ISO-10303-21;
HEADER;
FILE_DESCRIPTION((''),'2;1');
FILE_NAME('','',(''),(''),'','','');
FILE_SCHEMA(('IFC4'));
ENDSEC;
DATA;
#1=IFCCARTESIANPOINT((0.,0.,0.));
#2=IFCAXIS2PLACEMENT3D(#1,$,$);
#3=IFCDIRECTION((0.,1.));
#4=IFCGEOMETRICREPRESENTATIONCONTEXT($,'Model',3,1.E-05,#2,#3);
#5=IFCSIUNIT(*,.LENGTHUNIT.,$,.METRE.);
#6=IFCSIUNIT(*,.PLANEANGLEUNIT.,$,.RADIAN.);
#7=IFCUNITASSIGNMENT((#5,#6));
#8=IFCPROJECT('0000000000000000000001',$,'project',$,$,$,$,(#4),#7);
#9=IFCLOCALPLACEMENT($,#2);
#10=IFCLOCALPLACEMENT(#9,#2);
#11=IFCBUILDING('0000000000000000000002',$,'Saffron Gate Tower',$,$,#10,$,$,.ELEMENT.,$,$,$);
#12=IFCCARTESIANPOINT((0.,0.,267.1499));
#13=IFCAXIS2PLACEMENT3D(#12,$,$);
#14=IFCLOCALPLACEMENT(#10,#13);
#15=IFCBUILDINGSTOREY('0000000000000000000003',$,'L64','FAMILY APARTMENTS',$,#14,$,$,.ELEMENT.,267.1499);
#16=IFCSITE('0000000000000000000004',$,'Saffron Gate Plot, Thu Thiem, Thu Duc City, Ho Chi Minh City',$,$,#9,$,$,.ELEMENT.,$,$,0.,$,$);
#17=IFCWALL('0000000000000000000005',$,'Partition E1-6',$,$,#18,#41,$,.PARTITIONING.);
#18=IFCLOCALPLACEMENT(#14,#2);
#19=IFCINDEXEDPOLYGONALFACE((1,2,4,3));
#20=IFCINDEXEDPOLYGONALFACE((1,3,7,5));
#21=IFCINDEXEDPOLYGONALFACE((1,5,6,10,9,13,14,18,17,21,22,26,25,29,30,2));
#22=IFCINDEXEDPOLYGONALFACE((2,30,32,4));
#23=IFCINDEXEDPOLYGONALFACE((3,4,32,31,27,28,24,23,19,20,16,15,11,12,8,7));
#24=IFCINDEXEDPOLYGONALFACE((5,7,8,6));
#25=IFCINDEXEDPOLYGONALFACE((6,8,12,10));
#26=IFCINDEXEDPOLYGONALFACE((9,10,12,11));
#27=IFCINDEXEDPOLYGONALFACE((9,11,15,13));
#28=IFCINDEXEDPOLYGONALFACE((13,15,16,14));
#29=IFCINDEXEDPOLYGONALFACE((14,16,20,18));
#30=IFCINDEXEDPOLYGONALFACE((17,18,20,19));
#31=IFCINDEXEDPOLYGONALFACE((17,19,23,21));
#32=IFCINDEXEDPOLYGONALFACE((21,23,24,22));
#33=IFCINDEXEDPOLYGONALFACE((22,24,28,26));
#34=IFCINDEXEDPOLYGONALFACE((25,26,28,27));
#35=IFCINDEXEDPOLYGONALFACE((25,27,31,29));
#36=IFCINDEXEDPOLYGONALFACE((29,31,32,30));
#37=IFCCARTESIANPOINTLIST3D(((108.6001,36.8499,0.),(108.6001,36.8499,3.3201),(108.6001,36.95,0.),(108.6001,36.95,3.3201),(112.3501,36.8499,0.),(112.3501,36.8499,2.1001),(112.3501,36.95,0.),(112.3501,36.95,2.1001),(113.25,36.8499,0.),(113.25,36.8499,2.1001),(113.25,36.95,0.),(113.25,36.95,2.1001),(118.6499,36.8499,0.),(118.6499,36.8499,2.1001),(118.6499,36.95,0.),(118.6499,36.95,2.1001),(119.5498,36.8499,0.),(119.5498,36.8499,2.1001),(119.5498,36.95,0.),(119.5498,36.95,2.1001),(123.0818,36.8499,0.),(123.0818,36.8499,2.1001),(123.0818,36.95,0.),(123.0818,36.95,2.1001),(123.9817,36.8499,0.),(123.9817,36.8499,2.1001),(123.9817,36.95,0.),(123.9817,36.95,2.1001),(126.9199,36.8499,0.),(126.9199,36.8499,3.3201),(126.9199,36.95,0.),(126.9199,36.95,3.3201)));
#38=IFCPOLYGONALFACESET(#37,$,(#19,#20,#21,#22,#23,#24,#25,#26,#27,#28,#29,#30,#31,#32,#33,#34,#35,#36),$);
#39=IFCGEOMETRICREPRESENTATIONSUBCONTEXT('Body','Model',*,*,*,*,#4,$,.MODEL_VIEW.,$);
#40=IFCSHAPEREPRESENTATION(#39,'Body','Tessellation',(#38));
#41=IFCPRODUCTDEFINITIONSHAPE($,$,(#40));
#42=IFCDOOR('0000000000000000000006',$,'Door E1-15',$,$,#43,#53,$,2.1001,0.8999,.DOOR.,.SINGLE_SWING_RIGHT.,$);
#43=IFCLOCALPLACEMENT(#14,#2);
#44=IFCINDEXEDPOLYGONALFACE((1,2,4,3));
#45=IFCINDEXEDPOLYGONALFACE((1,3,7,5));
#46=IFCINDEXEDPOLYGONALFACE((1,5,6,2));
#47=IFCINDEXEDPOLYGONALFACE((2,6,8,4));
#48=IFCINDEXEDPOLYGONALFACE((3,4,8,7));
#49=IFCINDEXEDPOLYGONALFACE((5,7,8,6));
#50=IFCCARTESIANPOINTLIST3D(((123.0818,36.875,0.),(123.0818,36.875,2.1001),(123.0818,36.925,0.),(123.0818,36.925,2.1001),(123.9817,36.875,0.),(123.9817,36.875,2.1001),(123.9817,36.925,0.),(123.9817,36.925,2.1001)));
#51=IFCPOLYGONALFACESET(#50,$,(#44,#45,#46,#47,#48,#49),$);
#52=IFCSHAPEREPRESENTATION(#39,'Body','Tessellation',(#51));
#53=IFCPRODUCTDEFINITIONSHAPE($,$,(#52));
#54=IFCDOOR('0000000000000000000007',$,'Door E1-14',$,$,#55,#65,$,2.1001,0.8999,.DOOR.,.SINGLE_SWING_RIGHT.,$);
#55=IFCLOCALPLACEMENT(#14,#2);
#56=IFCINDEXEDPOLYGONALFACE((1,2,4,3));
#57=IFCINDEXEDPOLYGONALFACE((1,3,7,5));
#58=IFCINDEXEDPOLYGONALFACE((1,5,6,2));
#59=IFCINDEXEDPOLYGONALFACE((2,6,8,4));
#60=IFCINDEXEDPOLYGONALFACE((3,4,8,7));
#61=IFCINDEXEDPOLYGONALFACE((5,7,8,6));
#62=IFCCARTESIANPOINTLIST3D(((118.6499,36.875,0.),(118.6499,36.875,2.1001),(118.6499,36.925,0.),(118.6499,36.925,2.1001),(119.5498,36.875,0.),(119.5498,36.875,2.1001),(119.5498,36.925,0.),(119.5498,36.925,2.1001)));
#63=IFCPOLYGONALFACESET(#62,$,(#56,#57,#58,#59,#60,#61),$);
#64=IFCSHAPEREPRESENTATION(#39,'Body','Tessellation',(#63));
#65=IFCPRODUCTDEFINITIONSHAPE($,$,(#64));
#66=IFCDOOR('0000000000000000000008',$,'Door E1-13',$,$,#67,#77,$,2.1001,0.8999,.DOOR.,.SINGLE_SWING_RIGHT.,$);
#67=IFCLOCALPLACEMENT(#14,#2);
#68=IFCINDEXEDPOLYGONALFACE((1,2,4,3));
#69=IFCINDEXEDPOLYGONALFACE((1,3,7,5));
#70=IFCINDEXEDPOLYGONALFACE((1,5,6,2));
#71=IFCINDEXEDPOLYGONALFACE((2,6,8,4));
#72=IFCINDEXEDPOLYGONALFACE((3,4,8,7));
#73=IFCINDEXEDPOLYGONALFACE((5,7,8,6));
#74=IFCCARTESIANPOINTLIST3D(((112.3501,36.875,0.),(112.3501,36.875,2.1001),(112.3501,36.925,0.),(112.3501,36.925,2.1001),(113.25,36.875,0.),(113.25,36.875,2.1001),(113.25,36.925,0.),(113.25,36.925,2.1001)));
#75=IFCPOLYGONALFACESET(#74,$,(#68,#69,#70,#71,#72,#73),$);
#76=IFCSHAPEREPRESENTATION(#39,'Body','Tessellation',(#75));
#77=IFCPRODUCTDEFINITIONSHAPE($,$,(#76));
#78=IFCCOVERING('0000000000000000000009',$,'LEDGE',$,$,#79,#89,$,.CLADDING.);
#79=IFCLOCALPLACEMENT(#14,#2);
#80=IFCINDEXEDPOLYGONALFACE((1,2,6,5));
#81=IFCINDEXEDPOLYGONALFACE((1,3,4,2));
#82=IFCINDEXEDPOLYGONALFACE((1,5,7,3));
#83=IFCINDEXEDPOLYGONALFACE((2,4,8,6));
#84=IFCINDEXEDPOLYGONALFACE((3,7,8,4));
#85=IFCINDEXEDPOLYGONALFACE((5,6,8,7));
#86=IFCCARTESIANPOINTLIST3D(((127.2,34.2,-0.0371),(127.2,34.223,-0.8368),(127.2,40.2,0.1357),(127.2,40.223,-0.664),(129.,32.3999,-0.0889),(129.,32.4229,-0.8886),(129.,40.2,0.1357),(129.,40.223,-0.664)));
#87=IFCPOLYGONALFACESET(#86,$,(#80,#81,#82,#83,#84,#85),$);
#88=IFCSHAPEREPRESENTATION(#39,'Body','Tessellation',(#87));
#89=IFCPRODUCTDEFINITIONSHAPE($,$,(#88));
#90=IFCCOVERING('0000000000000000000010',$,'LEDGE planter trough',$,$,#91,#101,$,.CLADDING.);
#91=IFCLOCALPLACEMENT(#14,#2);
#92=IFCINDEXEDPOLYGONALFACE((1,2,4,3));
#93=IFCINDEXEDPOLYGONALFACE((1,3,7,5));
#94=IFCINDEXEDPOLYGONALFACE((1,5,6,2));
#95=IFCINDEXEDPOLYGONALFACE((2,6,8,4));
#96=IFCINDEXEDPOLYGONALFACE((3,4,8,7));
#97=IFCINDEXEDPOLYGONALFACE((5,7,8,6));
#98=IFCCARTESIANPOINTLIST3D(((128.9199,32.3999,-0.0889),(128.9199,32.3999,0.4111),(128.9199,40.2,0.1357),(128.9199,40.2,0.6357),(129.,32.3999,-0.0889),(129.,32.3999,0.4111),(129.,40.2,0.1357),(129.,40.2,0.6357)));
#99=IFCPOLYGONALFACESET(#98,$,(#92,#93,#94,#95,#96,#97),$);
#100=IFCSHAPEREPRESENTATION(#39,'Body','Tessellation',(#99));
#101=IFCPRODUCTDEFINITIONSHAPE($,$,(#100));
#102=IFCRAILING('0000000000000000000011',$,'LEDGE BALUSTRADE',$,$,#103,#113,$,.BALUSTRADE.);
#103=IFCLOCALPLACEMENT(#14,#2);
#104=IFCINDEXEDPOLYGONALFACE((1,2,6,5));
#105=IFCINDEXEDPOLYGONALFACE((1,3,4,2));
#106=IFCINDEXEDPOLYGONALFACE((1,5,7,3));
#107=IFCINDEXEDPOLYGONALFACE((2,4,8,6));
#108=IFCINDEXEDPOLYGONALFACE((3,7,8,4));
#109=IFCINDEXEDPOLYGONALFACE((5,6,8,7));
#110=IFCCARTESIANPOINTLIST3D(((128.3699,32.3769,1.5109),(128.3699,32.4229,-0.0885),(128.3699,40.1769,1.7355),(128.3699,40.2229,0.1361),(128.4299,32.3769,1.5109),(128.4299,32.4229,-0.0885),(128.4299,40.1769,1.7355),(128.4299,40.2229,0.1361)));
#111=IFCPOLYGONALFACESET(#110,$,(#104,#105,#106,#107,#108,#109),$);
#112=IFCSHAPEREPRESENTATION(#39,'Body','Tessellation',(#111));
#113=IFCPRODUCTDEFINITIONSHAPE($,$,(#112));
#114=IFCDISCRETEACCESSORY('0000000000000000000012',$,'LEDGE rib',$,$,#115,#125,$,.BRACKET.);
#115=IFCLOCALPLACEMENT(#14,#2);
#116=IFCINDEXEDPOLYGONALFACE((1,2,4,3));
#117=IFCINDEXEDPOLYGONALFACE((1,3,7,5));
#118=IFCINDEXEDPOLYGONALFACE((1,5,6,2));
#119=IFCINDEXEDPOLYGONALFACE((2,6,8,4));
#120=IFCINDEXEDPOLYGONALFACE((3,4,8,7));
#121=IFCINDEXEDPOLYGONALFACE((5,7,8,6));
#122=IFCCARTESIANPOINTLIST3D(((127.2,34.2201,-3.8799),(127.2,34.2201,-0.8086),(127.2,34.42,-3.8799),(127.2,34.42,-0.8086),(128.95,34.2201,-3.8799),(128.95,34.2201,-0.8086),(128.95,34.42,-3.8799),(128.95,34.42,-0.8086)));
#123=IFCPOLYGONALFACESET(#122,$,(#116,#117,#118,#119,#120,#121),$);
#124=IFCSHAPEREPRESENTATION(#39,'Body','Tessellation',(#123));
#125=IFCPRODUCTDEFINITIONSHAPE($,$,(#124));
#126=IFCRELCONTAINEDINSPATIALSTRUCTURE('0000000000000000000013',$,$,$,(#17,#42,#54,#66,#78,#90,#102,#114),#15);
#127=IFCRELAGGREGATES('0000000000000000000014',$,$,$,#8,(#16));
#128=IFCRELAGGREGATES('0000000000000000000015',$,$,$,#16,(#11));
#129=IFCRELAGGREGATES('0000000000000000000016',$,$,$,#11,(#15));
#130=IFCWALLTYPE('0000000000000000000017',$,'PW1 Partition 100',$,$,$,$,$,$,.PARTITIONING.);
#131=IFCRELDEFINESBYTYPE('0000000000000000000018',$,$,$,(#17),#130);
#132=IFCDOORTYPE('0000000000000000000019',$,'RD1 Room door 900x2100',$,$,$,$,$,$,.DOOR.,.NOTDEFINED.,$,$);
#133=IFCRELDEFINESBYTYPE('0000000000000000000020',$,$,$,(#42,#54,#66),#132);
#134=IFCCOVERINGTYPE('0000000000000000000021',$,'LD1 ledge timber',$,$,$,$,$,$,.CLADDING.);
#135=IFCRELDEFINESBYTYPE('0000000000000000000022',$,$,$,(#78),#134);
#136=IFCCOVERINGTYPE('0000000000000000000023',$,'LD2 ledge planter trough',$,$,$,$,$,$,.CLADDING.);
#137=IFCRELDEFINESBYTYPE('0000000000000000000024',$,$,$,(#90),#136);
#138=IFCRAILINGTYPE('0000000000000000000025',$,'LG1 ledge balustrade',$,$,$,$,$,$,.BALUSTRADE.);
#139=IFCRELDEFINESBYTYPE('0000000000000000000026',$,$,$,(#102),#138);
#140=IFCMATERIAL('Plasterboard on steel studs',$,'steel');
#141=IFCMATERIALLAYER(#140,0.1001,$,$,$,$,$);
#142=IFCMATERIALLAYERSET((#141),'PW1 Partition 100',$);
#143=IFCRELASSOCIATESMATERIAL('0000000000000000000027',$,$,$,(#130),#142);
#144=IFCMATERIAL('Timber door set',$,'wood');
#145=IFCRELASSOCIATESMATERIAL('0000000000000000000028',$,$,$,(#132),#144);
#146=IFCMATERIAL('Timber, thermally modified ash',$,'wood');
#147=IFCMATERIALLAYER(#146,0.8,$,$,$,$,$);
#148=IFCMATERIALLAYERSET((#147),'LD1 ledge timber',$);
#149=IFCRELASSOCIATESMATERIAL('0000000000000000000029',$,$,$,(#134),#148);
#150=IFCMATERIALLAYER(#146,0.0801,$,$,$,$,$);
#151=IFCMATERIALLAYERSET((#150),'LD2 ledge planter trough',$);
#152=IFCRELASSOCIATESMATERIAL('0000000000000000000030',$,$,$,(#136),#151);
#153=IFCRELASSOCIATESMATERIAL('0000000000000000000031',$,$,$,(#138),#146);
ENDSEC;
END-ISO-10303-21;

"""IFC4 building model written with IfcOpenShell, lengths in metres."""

from ifc_helpers import new_model, si_unit, direction, frame, frame_2d, origin, origin_2d, place, context, subcontext, project, spatial, polyline, rectangle, outline, extrude, material, layer, layer_set, type_object, element, fill, save


model = new_model("IFC4")

# Units and contexts
model_context = context("Model", 3, precision=1e-05, world=origin(), true_north=direction((0.0, 1.0)))
body_context = subcontext(model_context, "Body", "Model", "MODEL_VIEW")
ifc_project = project(units=[si_unit("LENGTHUNIT", "METRE"), si_unit("PLANEANGLEUNIT", "RADIAN")], contexts=[model_context])

# Site, building, storey
site_placement = place(None, origin())
site = spatial("IfcSite", under=ifc_project, at=site_placement, Name="Saffron Gate Plot, Thu Thiem, Thu Duc City, Ho Chi Minh City", CompositionType="ELEMENT", RefElevation=0.0)
building_placement = place(site_placement, origin())
building = spatial("IfcBuilding", under=site, at=building_placement, Name="Saffron Gate Tower", CompositionType="ELEMENT")
storey_placement = place(building_placement, frame((0.0, 0.0, 267.1499)))
storey = spatial("IfcBuildingStorey", under=building, at=storey_placement, Name="L64", Description="FAMILY APARTMENTS", CompositionType="ELEMENT", Elevation=267.1499)

# Wall, openings, doors
ifc_material_1 = material(Name="Plasterboard on steel studs", Category="steel")
ifc_layer_1 = layer(ifc_material_1, 0.1001)
ifc_layer_set_1 = layer_set([ifc_layer_1], Name="PW1 Partition 100")
wall_type = type_object("IfcWallType", Name="PW1 Partition 100", PredefinedType="PARTITIONING", material=ifc_layer_set_1)
wall_placement = place(storey_placement, frame((126.9199, 36.8999, 0.0), z_axis=(0.0, 0.0, 1.0), x_axis=(-1.0, 0.0, 0.0)))
wall = element("IfcWall", 1, at=wall_placement, inside=storey, type_object=wall_type, Name="Partition E1-6", PredefinedType="PARTITIONING", context=body_context, shape_type="SweptSolid", body=[
    extrude(rectangle(XDim=18.3198, YDim=0.1001, at=frame_2d((9.1599, 0.0))), origin(), (0.0, 0.0, 1.0), 3.3201),
])
opening_1_placement = place(wall_placement, frame((2.9382, 0.0, 0.0)))
opening_1 = element("IfcOpeningElement", 2, at=opening_1_placement, cuts=wall, PredefinedType="OPENING", context=body_context, shape_type="SweptSolid", body=[
    extrude(rectangle(XDim=0.8999, YDim=2.1001, at=frame_2d((0.45, 1.05))), frame((0.0, 0.0601, 0.0), z_axis=(0.0, -1.0, 0.0), x_axis=(1.0, 0.0, 0.0)), (0.0, 0.0, 1.0), 0.1201),
])
opening_2_placement = place(wall_placement, frame((7.3701, 0.0, 0.0)))
opening_2 = element("IfcOpeningElement", 3, at=opening_2_placement, cuts=wall, PredefinedType="OPENING", context=body_context, shape_type="SweptSolid", body=[
    extrude(rectangle(XDim=0.8999, YDim=2.1001, at=frame_2d((0.45, 1.05))), frame((0.0, 0.0601, 0.0), z_axis=(0.0, -1.0, 0.0), x_axis=(1.0, 0.0, 0.0)), (0.0, 0.0, 1.0), 0.1201),
])
opening_3_placement = place(wall_placement, frame((13.6699, 0.0, 0.0)))
opening_3 = element("IfcOpeningElement", 4, at=opening_3_placement, cuts=wall, PredefinedType="OPENING", context=body_context, shape_type="SweptSolid", body=[
    extrude(rectangle(XDim=0.8999, YDim=2.1001, at=frame_2d((0.45, 1.05))), frame((0.0, 0.0601, 0.0), z_axis=(0.0, -1.0, 0.0), x_axis=(1.0, 0.0, 0.0)), (0.0, 0.0, 1.0), 0.1201),
])
ifc_material_2 = material(Name="Timber door set", Category="wood")
door_type = type_object("IfcDoorType", Name="RD1 Room door 900x2100", OperationType="NOTDEFINED", PredefinedType="DOOR", material=ifc_material_2)
door_1_placement = place(opening_1_placement, origin())
door_1 = element("IfcDoor", 5, at=door_1_placement, inside=storey, type_object=door_type, Name="Door E1-15", OperationType="SINGLE_SWING_RIGHT", OverallHeight=2.1001, OverallWidth=0.8999, PredefinedType="DOOR", context=body_context, shape_type="SweptSolid", body=[
    extrude(rectangle(XDim=0.8999, YDim=2.1001, at=frame_2d((0.45, 1.05))), frame((0.0, 0.0249, 0.0), z_axis=(0.0, -1.0, 0.0), x_axis=(1.0, 0.0, 0.0)), (0.0, 0.0, 1.0), 0.05),
])
fill(opening_1, door_1)
door_2_placement = place(opening_2_placement, origin())
door_2 = element("IfcDoor", 6, at=door_2_placement, inside=storey, type_object=door_type, Name="Door E1-14", OperationType="SINGLE_SWING_RIGHT", OverallHeight=2.1001, OverallWidth=0.8999, PredefinedType="DOOR", context=body_context, shape_type="SweptSolid", body=[
    extrude(rectangle(XDim=0.8999, YDim=2.1001, at=frame_2d((0.45, 1.05))), frame((0.0, 0.0249, 0.0), z_axis=(0.0, -1.0, 0.0), x_axis=(1.0, 0.0, 0.0)), (0.0, 0.0, 1.0), 0.05),
])
fill(opening_2, door_2)
door_3_placement = place(opening_3_placement, origin())
door_3 = element("IfcDoor", 7, at=door_3_placement, inside=storey, type_object=door_type, Name="Door E1-13", OperationType="SINGLE_SWING_RIGHT", OverallHeight=2.1001, OverallWidth=0.8999, PredefinedType="DOOR", context=body_context, shape_type="SweptSolid", body=[
    extrude(rectangle(XDim=0.8999, YDim=2.1001, at=frame_2d((0.45, 1.05))), frame((0.0, 0.0249, 0.0), z_axis=(0.0, -1.0, 0.0), x_axis=(1.0, 0.0, 0.0)), (0.0, 0.0, 1.0), 0.05),
])
fill(opening_3, door_3)

# Coverings
ifc_material_3 = material(Name="Timber, thermally modified ash", Category="wood")
ifc_layer_2 = layer(ifc_material_3, 0.8)
ifc_layer_set_2 = layer_set([ifc_layer_2], Name="LD1 ledge timber")
covering_type_1 = type_object("IfcCoveringType", Name="LD1 ledge timber", PredefinedType="CLADDING", material=ifc_layer_set_2)
covering_1_placement = place(storey_placement, frame((127.2, 34.2, -0.0371), z_axis=(-0.000024, -0.028789, 0.999585), x_axis=(0.0, 0.999585, 0.028789)))
element("IfcCovering", 8, at=covering_1_placement, inside=storey, type_object=covering_type_1, Name="LEDGE", PredefinedType="CLADDING", context=body_context, shape_type="SweptSolid", body=[
    extrude(outline(polyline([(0.0, 0.0), (6.0025, 0.0), (6.0025, -1.8), (-1.8008, -1.8), (0.0, 0.0)])), origin(), (0.0, 0.0, -1.0), 0.8),
])
ifc_layer_3 = layer(ifc_material_3, 0.0801)
ifc_layer_set_3 = layer_set([ifc_layer_3], Name="LD2 ledge planter trough")
covering_type_2 = type_object("IfcCoveringType", Name="LD2 ledge planter trough", PredefinedType="CLADDING", material=ifc_layer_set_3)
covering_2_placement = place(storey_placement, frame((129.0, 32.3999, -0.0889), z_axis=(1.0, 0.0, 0.0), x_axis=(0.0, 0.999586, 0.028784)))
element("IfcCovering", 9, at=covering_2_placement, inside=storey, type_object=covering_type_2, Name="LEDGE planter trough", PredefinedType="CLADDING", context=body_context, shape_type="SweptSolid", body=[
    extrude(outline(polyline([(0.0, 0.0), (7.8033, 0.0), (7.8177, 0.4998), (0.0144, 0.4998), (0.0, 0.0)])), origin(), (0.0, 0.0, -1.0), 0.0801),
])

# Railing
railing_type = type_object("IfcRailingType", Name="LG1 ledge balustrade", PredefinedType="BALUSTRADE", material=ifc_material_3)
railing_placement = place(storey_placement, frame((128.3999, 32.3999, -0.0889)))
element("IfcRailing", 10, at=railing_placement, inside=storey, type_object=railing_type, Name="LEDGE BALUSTRADE", PredefinedType="BALUSTRADE", context=body_context, shape_type="SweptSolid", body=[
    extrude(rectangle(XDim=0.0601, YDim=1.6001, at=origin_2d()), frame((0.0, 0.0, 0.8), z_axis=(0.0, 0.999586, 0.028784), x_axis=(-1.0, 0.0, 0.0)), (0.0, 0.0, 1.0), 7.8032),
])

# Discrete accessory
discrete_accessory_placement = place(storey_placement, frame((128.075, 34.3201, -3.8799), z_axis=(0.0, 0.0, 1.0), x_axis=(0.0, 1.0, 0.0)))
element("IfcDiscreteAccessory", 11, at=discrete_accessory_placement, inside=storey, Name="LEDGE rib", PredefinedType="BRACKET", context=body_context, shape_type="SweptSolid", body=[
    extrude(rectangle(XDim=0.2, YDim=1.75, at=origin_2d()), origin(), (0.0, 0.0, 1.0), 3.0713),
])

save(model, "model.ifc")
